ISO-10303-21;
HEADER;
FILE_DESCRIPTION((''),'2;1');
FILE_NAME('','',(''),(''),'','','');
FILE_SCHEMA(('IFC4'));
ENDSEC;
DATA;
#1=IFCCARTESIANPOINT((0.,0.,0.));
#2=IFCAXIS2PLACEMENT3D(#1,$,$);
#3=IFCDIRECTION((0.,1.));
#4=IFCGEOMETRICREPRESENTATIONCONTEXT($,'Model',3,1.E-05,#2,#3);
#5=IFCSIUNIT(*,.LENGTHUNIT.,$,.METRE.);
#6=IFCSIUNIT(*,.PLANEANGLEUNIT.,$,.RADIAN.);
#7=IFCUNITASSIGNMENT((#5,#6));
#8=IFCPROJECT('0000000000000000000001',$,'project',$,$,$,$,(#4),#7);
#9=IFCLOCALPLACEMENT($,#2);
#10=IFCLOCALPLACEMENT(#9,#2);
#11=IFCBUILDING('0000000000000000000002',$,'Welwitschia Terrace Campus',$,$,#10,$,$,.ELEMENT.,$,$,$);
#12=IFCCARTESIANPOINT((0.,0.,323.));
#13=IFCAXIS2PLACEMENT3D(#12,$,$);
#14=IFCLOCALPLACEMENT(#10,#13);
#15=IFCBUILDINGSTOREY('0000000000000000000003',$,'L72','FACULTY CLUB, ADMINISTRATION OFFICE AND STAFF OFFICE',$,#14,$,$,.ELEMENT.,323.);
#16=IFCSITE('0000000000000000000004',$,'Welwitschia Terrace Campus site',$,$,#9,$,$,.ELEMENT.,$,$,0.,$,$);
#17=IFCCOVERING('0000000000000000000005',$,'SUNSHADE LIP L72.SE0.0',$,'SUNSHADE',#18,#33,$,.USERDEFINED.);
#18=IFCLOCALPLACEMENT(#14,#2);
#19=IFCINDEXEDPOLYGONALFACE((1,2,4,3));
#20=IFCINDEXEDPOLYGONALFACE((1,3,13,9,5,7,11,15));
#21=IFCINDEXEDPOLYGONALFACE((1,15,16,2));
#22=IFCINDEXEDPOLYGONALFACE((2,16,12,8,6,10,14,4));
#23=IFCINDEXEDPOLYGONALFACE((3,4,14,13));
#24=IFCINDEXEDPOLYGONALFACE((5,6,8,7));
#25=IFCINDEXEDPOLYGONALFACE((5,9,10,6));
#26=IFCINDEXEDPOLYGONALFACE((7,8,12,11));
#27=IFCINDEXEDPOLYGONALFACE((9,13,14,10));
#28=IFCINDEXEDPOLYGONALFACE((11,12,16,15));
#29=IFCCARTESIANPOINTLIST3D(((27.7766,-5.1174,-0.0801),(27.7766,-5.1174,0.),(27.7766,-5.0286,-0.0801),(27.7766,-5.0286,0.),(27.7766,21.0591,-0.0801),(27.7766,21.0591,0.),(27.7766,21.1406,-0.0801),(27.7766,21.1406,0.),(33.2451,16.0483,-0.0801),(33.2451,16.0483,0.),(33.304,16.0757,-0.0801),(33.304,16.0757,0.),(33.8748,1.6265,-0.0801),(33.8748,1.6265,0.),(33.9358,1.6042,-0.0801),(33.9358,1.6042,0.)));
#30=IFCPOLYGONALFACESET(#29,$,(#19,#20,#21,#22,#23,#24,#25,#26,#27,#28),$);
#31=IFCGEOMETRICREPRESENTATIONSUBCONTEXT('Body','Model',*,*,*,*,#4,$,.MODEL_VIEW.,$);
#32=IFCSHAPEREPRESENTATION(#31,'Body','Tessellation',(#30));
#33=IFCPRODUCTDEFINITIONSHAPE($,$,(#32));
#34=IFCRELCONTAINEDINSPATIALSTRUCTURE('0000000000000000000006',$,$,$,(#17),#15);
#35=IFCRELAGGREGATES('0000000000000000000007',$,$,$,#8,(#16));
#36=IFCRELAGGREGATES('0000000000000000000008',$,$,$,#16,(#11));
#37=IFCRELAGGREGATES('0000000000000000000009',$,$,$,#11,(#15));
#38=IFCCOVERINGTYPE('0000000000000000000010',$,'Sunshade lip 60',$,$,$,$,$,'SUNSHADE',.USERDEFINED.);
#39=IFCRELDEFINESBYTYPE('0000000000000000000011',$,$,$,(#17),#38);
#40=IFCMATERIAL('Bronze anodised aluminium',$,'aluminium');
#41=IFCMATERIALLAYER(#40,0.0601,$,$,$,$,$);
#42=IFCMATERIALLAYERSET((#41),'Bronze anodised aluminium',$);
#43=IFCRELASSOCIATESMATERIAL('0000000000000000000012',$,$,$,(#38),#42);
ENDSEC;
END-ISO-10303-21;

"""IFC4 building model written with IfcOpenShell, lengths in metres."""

from ifc_helpers import new_model, si_unit, direction, frame, origin, place, context, subcontext, project, spatial, polyline, outline, extrude, material, layer, layer_set, type_object, element, save


model = new_model("IFC4")

# Units and contexts
model_context = context("Model", 3, precision=1e-05, world=origin(), true_north=direction((0.0, 1.0)))
body_context = subcontext(model_context, "Body", "Model", "MODEL_VIEW")
ifc_project = project(units=[si_unit("LENGTHUNIT", "METRE"), si_unit("PLANEANGLEUNIT", "RADIAN")], contexts=[model_context])

# Site, building, storey
site_placement = place(None, origin())
site = spatial("IfcSite", under=ifc_project, at=site_placement, Name="Welwitschia Terrace Campus site", CompositionType="ELEMENT", RefElevation=0.0)
building_placement = place(site_placement, origin())
building = spatial("IfcBuilding", under=site, at=building_placement, Name="Welwitschia Terrace Campus", CompositionType="ELEMENT")
storey_placement = place(building_placement, frame((0.0, 0.0, 323.0)))
storey = spatial("IfcBuildingStorey", under=building, at=storey_placement, Name="L72", Description="FACULTY CLUB, ADMINISTRATION OFFICE AND STAFF OFFICE", CompositionType="ELEMENT", Elevation=323.0)

# Covering
ifc_material_1 = material(Name="Bronze anodised aluminium", Category="aluminium")
ifc_layer_1 = layer(ifc_material_1, 0.0601)
ifc_layer_set_1 = layer_set([ifc_layer_1], Name="Bronze anodised aluminium")
covering_type_1 = type_object("IfcCoveringType", Name="Sunshade lip 60", ElementType="SUNSHADE", PredefinedType="USERDEFINED", material=ifc_layer_set_1)
covering_1_placement = place(storey_placement, frame((0.0, 0.0, -0.0801)))
element("IfcCovering", 1, at=covering_1_placement, inside=storey, type_object=covering_type_1, Name="SUNSHADE LIP L72.SE0.0", ObjectType="SUNSHADE", PredefinedType="USERDEFINED", context=body_context, shape_type="SweptSolid", body=[
    extrude(outline(polyline([(33.9358, 1.6042), (27.7766, -5.1174), (27.7766, -5.0286), (33.8748, 1.6265), (33.2451, 16.0483), (27.7766, 21.0591), (27.7766, 21.1406), (33.304, 16.0757), (33.9358, 1.6042)])), origin(), (0.0, 0.0, 1.0), 0.0801),
])

save(model, "model.ifc")
